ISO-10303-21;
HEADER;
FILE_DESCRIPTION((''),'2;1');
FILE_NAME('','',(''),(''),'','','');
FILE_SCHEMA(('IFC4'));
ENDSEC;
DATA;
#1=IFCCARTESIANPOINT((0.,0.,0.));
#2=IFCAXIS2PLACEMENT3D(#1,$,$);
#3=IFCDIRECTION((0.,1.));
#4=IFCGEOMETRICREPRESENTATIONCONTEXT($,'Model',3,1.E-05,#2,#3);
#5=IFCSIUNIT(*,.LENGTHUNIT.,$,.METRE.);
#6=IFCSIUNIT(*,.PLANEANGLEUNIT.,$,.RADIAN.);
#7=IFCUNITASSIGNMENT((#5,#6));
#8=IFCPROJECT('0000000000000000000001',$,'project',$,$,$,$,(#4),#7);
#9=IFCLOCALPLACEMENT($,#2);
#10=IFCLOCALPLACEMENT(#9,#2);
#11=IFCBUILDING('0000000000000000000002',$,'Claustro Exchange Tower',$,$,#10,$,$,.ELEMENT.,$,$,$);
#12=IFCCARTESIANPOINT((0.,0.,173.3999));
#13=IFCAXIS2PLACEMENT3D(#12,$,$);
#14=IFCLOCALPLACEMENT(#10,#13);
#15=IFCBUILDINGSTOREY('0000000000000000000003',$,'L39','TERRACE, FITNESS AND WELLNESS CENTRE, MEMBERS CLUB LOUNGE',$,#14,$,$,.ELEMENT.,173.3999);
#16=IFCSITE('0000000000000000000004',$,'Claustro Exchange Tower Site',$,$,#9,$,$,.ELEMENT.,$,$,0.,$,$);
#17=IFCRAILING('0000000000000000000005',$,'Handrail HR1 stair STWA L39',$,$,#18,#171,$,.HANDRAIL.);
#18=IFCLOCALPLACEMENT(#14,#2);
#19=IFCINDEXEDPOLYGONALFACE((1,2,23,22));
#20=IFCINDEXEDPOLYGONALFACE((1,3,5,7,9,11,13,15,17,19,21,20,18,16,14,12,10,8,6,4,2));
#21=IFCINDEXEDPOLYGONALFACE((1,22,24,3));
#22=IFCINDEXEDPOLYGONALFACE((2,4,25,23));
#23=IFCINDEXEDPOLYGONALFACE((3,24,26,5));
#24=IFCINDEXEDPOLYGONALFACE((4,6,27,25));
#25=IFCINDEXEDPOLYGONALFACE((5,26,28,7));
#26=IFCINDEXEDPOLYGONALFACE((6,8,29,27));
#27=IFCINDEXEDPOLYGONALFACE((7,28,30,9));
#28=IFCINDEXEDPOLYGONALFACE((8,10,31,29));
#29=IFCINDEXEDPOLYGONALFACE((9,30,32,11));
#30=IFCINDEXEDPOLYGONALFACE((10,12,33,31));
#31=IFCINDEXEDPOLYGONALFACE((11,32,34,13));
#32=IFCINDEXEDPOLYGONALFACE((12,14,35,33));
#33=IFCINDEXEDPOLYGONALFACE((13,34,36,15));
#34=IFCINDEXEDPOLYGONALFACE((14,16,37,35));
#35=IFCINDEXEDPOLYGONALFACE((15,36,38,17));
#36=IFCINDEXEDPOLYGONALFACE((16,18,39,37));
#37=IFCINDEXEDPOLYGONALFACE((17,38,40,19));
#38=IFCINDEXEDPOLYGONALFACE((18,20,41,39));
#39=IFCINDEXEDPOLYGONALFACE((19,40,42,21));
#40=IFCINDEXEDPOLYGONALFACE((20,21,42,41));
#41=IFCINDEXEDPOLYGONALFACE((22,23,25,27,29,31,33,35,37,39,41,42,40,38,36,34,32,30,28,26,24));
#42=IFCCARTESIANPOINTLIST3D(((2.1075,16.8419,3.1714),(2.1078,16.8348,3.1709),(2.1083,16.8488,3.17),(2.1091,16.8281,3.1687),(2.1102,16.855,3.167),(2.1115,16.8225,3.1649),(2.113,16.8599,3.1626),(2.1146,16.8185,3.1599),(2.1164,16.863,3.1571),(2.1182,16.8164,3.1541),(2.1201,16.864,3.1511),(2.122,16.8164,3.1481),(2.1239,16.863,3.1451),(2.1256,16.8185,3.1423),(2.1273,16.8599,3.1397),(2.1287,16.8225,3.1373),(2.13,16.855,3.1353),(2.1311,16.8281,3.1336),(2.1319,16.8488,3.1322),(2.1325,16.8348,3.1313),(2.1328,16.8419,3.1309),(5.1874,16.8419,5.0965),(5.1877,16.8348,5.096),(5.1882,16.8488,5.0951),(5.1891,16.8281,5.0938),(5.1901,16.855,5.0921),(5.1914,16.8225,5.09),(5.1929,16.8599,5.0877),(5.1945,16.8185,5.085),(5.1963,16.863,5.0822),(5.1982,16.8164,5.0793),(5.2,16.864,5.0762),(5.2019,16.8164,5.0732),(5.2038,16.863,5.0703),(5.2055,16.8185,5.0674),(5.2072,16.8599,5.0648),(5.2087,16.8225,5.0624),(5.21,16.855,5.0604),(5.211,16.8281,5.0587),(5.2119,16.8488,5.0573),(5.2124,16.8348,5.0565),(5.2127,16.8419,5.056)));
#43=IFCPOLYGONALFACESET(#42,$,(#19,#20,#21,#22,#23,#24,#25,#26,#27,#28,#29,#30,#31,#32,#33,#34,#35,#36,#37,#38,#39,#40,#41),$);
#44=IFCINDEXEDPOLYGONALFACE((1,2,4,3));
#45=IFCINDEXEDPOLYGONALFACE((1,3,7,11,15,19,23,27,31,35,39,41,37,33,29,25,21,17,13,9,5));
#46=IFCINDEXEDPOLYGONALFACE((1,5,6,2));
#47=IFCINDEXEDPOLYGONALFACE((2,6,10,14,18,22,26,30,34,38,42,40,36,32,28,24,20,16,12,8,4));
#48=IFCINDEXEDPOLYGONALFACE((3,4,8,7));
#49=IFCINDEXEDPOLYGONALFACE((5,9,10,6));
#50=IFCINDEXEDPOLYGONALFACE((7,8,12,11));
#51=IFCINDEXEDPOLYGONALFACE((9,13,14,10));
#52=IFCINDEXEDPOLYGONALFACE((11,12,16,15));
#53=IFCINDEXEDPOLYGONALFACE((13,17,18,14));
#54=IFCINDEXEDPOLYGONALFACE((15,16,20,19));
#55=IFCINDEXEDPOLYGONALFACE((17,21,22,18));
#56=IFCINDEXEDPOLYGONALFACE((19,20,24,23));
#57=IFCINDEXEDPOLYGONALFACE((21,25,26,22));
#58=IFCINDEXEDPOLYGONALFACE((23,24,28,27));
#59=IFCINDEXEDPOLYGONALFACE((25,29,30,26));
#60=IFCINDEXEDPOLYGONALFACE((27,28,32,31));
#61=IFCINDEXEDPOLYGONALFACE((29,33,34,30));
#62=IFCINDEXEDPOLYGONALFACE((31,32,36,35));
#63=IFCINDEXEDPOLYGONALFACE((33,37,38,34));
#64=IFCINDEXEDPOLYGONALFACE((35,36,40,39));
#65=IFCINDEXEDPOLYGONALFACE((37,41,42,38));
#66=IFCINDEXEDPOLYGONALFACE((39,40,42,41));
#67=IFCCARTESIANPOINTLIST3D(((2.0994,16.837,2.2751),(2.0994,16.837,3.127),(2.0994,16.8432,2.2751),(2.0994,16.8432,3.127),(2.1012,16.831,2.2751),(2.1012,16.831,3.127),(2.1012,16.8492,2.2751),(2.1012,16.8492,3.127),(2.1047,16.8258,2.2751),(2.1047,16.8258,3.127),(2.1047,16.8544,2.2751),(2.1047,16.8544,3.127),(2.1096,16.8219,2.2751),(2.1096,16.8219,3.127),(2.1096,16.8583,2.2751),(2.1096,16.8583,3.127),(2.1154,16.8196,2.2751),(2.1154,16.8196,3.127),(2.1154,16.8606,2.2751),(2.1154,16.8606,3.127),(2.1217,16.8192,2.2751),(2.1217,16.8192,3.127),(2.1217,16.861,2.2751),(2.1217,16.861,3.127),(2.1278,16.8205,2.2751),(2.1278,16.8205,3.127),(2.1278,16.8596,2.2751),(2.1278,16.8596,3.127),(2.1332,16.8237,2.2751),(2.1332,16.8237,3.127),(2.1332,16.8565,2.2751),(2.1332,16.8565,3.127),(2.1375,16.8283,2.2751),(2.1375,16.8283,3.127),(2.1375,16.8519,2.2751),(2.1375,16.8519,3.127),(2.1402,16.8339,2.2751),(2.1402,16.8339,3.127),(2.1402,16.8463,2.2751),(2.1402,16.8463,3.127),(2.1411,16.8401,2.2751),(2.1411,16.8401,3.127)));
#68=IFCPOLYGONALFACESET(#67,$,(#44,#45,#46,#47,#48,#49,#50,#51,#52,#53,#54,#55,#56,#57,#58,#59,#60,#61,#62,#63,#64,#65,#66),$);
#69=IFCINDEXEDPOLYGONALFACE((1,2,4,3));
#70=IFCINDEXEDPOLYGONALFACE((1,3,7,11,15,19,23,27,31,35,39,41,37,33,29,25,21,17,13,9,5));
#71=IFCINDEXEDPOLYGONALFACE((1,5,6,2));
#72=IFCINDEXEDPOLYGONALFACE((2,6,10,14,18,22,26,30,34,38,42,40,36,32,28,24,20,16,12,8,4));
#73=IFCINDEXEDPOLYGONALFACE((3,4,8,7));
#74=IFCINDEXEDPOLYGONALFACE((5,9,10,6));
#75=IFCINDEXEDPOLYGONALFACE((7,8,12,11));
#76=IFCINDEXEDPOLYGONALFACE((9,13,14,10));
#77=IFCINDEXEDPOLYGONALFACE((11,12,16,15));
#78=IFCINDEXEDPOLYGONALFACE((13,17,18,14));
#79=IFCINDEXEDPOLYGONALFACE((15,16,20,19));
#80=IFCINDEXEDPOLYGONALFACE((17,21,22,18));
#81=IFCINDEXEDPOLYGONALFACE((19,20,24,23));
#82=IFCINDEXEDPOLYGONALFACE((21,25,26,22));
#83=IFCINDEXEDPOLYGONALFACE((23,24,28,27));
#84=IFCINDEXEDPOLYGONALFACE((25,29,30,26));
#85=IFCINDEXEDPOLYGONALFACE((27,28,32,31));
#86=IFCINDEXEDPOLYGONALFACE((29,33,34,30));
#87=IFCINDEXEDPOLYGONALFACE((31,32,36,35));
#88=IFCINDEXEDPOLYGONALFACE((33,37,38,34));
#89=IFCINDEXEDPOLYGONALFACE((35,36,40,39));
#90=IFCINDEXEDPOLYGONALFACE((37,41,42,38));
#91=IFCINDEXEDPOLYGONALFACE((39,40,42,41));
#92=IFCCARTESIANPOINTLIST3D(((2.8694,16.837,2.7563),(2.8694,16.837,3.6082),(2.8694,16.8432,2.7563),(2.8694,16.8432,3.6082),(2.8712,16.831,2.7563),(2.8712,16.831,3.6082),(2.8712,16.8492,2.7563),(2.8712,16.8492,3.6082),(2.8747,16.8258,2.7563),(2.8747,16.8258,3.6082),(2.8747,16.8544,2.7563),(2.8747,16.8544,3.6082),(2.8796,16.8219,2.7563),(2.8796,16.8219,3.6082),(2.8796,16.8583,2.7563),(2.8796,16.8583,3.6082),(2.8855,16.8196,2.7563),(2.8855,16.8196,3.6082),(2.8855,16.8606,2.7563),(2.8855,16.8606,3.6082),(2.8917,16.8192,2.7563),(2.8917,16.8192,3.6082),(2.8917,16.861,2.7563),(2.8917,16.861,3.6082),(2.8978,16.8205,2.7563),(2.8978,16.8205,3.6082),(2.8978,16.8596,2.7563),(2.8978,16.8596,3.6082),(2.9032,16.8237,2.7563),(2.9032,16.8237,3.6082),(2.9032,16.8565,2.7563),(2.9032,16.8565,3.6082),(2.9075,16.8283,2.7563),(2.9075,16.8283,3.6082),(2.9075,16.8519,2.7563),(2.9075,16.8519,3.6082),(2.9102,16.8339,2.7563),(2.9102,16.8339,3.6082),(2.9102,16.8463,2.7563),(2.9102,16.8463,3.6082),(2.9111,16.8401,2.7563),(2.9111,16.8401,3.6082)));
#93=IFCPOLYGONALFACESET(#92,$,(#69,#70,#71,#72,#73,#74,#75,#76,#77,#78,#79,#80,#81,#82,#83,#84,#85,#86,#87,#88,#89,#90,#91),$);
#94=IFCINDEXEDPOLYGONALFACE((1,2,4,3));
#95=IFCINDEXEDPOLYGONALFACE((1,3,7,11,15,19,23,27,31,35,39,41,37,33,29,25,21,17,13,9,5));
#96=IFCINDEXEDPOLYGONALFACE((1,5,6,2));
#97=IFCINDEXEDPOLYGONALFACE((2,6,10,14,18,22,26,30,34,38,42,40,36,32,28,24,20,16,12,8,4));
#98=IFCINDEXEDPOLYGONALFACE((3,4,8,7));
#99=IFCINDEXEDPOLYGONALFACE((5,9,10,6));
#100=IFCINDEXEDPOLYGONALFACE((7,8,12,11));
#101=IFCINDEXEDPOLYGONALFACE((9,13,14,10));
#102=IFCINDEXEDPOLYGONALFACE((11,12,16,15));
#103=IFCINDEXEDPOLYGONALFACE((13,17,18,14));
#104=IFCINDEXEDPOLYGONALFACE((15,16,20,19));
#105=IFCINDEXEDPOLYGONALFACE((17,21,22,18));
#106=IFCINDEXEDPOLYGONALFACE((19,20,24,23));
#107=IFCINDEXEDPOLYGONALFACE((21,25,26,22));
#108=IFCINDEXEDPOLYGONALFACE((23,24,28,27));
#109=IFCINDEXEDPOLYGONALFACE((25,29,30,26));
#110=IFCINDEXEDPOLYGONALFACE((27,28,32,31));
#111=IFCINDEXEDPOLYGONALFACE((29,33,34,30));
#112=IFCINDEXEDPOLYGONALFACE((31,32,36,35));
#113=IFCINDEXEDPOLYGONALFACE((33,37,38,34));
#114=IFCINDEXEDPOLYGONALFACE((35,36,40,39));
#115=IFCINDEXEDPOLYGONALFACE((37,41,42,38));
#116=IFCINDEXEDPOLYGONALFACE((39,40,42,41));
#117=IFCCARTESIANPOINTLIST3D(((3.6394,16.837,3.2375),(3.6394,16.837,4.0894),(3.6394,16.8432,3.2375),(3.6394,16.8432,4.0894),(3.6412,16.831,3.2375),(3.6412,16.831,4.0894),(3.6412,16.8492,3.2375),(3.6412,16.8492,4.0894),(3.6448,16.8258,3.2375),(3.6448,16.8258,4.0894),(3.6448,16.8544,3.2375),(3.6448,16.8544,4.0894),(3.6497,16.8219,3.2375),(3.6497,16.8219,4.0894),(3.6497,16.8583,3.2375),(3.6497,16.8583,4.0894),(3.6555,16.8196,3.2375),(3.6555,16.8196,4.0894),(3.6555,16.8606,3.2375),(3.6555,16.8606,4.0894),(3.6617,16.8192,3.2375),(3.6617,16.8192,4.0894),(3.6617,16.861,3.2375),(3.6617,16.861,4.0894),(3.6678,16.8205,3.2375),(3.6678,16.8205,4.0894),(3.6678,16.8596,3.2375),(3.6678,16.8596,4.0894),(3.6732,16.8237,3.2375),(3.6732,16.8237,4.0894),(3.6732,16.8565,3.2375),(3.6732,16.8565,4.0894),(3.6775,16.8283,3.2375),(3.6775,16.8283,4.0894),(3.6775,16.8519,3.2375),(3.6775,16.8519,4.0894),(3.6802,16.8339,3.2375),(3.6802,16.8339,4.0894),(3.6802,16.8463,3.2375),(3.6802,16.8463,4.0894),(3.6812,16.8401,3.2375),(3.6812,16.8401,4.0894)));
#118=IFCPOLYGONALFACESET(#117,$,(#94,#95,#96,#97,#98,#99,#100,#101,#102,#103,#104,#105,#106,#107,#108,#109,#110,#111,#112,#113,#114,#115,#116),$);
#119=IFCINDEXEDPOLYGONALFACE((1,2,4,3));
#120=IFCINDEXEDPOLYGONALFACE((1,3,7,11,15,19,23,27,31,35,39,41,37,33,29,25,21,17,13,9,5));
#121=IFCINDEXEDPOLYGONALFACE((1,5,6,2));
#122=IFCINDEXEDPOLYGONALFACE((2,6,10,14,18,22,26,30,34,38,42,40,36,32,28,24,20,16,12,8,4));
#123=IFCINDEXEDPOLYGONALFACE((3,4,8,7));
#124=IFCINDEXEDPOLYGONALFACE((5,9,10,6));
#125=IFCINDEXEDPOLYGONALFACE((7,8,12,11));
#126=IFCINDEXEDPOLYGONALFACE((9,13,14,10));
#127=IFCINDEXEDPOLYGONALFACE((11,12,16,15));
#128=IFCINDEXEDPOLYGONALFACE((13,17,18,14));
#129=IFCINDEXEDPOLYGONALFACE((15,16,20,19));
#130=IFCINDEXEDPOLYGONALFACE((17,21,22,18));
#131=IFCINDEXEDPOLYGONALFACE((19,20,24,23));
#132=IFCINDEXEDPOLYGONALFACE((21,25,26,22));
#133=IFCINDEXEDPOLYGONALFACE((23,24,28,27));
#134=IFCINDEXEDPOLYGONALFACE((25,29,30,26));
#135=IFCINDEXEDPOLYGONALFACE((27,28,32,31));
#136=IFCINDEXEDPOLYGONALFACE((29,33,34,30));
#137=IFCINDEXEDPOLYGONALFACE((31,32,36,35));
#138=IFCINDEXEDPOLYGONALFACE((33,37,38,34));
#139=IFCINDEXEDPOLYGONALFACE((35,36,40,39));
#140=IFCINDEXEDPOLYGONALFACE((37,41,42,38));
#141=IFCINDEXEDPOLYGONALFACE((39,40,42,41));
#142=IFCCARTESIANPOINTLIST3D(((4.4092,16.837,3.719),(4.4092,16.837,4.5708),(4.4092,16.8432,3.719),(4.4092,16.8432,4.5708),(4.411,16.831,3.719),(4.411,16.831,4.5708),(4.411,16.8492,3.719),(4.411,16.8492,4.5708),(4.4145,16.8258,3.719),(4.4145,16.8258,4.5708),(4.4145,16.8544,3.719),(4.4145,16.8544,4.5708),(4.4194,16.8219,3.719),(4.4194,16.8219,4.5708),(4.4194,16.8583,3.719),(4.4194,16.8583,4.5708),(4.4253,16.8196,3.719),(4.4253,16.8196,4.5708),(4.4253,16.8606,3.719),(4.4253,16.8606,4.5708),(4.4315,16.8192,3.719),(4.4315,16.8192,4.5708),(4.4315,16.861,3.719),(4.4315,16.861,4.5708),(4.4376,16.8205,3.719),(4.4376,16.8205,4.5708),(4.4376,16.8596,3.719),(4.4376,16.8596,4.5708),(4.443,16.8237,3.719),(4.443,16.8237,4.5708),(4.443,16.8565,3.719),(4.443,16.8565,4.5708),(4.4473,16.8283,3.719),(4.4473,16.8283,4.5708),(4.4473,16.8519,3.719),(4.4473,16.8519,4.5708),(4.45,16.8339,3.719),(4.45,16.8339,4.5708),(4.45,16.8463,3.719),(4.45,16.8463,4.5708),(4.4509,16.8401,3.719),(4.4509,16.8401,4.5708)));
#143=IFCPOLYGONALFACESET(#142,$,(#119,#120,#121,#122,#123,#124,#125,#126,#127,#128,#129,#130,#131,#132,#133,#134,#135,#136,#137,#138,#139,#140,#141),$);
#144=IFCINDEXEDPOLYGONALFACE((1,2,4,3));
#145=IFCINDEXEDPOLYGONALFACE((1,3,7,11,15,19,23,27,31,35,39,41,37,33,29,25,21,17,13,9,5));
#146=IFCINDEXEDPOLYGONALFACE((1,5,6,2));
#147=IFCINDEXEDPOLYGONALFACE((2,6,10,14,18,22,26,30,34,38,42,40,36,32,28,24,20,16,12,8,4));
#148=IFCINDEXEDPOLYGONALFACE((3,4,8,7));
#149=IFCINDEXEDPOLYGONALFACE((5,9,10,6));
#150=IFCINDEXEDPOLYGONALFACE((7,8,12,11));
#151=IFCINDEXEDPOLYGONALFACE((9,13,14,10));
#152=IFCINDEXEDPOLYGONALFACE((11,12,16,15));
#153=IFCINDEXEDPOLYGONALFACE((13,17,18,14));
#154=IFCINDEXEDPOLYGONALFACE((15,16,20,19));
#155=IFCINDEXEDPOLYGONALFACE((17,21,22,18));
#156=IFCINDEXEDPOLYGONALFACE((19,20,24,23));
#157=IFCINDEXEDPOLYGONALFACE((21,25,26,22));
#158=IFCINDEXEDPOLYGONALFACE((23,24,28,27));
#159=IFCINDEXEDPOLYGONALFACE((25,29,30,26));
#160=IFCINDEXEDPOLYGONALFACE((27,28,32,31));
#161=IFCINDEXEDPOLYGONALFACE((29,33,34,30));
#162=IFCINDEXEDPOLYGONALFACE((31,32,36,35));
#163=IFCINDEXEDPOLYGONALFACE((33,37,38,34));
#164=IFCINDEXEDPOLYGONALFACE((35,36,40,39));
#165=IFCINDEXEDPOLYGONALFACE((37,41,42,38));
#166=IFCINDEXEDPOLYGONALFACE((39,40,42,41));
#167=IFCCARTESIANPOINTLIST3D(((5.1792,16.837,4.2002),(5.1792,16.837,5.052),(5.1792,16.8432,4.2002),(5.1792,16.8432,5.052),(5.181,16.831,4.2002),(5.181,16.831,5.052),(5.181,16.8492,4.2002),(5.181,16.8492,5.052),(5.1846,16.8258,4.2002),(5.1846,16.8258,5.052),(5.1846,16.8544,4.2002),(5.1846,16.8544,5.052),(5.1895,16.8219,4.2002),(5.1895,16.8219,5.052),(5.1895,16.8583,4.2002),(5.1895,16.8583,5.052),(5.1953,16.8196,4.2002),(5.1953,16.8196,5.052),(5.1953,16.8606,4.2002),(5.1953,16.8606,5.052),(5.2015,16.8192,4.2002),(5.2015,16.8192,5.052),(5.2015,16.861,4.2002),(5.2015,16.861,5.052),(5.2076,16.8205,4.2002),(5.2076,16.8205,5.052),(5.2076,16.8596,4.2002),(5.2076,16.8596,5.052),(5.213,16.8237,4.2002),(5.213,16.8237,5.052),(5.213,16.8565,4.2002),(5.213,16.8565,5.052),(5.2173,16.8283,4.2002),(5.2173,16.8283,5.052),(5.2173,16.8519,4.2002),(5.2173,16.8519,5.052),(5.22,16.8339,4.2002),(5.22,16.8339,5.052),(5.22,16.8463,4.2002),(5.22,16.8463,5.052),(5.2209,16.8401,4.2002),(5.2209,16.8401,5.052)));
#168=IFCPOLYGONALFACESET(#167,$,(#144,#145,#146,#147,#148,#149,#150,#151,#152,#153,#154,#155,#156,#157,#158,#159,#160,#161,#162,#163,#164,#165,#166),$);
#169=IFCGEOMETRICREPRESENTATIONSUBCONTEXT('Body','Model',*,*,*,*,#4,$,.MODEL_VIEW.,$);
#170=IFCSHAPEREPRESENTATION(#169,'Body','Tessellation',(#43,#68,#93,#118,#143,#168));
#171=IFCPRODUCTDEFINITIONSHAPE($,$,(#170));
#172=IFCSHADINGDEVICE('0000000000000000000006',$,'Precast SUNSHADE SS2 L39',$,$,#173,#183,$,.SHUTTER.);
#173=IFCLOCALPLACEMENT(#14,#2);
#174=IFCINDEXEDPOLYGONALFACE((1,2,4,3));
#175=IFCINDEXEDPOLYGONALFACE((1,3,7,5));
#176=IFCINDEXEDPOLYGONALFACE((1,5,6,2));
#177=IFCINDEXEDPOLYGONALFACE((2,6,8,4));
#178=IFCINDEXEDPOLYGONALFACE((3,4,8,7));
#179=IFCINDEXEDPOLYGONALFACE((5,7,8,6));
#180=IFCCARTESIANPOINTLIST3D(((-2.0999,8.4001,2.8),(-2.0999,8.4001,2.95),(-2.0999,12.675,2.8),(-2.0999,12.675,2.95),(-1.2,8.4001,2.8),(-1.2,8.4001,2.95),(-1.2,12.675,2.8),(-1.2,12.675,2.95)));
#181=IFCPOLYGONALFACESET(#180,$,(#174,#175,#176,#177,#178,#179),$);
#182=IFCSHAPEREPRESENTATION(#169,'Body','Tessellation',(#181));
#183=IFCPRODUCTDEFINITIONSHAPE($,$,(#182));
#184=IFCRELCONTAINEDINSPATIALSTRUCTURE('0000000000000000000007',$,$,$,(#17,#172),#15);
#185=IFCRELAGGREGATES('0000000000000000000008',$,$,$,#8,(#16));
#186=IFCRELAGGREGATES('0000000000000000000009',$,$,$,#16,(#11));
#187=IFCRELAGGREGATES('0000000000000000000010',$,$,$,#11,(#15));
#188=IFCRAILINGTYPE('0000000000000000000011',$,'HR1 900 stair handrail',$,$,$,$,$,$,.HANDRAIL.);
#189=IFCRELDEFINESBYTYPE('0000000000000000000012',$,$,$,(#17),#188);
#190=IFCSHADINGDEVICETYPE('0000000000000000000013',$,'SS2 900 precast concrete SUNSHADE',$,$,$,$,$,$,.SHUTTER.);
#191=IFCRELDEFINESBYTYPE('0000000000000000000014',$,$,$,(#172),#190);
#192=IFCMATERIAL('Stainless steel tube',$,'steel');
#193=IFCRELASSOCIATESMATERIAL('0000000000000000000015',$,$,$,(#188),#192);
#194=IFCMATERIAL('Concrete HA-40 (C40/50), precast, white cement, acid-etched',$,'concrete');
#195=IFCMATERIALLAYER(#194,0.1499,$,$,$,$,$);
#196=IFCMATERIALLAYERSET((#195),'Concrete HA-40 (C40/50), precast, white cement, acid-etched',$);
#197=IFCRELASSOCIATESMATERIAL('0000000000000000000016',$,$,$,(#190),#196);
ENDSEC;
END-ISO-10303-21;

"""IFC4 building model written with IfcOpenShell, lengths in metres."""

from ifc_helpers import new_model, si_unit, direction, frame, origin, origin_2d, place, context, subcontext, project, spatial, rectangle, circle, extrude, material, layer, layer_set, type_object, element, save


model = new_model("IFC4")

# Units and contexts
model_context = context("Model", 3, precision=1e-05, world=origin(), true_north=direction((0.0, 1.0)))
body_context = subcontext(model_context, "Body", "Model", "MODEL_VIEW")
ifc_project = project(units=[si_unit("LENGTHUNIT", "METRE"), si_unit("PLANEANGLEUNIT", "RADIAN")], contexts=[model_context])

# Site, building, storey
site_placement = place(None, origin())
site = spatial("IfcSite", under=ifc_project, at=site_placement, Name="Claustro Exchange Tower Site", CompositionType="ELEMENT", RefElevation=0.0)
building_placement = place(site_placement, origin())
building = spatial("IfcBuilding", under=site, at=building_placement, Name="Claustro Exchange Tower", CompositionType="ELEMENT")
storey_placement = place(building_placement, frame((0.0, 0.0, 173.3999)))
storey = spatial("IfcBuildingStorey", under=building, at=storey_placement, Name="L39", Description="TERRACE, FITNESS AND WELLNESS CENTRE, MEMBERS CLUB LOUNGE", CompositionType="ELEMENT", Elevation=173.3999)

# Railing
ifc_material_1 = material(Name="Stainless steel tube", Category="steel")
railing_type_1 = type_object("IfcRailingType", Name="HR1 900 stair handrail", PredefinedType="HANDRAIL", material=ifc_material_1)
railing_1_placement = place(storey_placement, frame((2.1201, 16.8401, 2.2751)))
element("IfcRailing", 1, at=railing_1_placement, inside=storey, type_object=railing_type_1, Name="Handrail HR1 stair STWA L39", PredefinedType="HANDRAIL", context=body_context, shape_type="SweptSolid", body=[
    extrude(circle(Radius=0.0239, at=origin_2d()), frame((0.0, 0.0, 0.876), z_axis=(0.847979, 0.0, 0.530029), x_axis=(0.0, 1.0, 0.0)), (0.0, 0.0, 1.0), 3.6321),
    extrude(circle(Radius=0.021, at=origin_2d()), origin(), (0.0, 0.0, 1.0), 0.8518),
    extrude(circle(Radius=0.021, at=origin_2d()), frame((0.77, 0.0, 0.4812)), (0.0, 0.0, 1.0), 0.8518),
    extrude(circle(Radius=0.021, at=origin_2d()), frame((1.54, 0.0, 0.9624)), (0.0, 0.0, 1.0), 0.8518),
    extrude(circle(Radius=0.021, at=origin_2d()), frame((2.3098, 0.0, 1.4438)), (0.0, 0.0, 1.0), 0.8518),
    extrude(circle(Radius=0.021, at=origin_2d()), frame((3.0798, 0.0, 1.925)), (0.0, 0.0, 1.0), 0.8518),
])

# Shading device
ifc_material_2 = material(Name="Concrete HA-40 (C40/50), precast, white cement, acid-etched", Category="concrete")
ifc_layer_1 = layer(ifc_material_2, 0.1499)
ifc_layer_set_1 = layer_set([ifc_layer_1], Name="Concrete HA-40 (C40/50), precast, white cement, acid-etched")
shading_device_type = type_object("IfcShadingDeviceType", Name="SS2 900 precast concrete SUNSHADE", PredefinedType="SHUTTER", material=ifc_layer_set_1)
shading_device_placement = place(storey_placement, frame((-1.6499, 10.5376, 2.8), z_axis=(0.0, 0.0, 1.0), x_axis=(0.0, 1.0, 0.0)))
element("IfcShadingDevice", 2, at=shading_device_placement, inside=storey, type_object=shading_device_type, Name="Precast SUNSHADE SS2 L39", PredefinedType="SHUTTER", context=body_context, shape_type="SweptSolid", body=[
    extrude(rectangle(XDim=4.2749, YDim=0.8999, at=origin_2d()), origin(), (0.0, 0.0, 1.0), 0.1499),
])

save(model, "model.ifc")
